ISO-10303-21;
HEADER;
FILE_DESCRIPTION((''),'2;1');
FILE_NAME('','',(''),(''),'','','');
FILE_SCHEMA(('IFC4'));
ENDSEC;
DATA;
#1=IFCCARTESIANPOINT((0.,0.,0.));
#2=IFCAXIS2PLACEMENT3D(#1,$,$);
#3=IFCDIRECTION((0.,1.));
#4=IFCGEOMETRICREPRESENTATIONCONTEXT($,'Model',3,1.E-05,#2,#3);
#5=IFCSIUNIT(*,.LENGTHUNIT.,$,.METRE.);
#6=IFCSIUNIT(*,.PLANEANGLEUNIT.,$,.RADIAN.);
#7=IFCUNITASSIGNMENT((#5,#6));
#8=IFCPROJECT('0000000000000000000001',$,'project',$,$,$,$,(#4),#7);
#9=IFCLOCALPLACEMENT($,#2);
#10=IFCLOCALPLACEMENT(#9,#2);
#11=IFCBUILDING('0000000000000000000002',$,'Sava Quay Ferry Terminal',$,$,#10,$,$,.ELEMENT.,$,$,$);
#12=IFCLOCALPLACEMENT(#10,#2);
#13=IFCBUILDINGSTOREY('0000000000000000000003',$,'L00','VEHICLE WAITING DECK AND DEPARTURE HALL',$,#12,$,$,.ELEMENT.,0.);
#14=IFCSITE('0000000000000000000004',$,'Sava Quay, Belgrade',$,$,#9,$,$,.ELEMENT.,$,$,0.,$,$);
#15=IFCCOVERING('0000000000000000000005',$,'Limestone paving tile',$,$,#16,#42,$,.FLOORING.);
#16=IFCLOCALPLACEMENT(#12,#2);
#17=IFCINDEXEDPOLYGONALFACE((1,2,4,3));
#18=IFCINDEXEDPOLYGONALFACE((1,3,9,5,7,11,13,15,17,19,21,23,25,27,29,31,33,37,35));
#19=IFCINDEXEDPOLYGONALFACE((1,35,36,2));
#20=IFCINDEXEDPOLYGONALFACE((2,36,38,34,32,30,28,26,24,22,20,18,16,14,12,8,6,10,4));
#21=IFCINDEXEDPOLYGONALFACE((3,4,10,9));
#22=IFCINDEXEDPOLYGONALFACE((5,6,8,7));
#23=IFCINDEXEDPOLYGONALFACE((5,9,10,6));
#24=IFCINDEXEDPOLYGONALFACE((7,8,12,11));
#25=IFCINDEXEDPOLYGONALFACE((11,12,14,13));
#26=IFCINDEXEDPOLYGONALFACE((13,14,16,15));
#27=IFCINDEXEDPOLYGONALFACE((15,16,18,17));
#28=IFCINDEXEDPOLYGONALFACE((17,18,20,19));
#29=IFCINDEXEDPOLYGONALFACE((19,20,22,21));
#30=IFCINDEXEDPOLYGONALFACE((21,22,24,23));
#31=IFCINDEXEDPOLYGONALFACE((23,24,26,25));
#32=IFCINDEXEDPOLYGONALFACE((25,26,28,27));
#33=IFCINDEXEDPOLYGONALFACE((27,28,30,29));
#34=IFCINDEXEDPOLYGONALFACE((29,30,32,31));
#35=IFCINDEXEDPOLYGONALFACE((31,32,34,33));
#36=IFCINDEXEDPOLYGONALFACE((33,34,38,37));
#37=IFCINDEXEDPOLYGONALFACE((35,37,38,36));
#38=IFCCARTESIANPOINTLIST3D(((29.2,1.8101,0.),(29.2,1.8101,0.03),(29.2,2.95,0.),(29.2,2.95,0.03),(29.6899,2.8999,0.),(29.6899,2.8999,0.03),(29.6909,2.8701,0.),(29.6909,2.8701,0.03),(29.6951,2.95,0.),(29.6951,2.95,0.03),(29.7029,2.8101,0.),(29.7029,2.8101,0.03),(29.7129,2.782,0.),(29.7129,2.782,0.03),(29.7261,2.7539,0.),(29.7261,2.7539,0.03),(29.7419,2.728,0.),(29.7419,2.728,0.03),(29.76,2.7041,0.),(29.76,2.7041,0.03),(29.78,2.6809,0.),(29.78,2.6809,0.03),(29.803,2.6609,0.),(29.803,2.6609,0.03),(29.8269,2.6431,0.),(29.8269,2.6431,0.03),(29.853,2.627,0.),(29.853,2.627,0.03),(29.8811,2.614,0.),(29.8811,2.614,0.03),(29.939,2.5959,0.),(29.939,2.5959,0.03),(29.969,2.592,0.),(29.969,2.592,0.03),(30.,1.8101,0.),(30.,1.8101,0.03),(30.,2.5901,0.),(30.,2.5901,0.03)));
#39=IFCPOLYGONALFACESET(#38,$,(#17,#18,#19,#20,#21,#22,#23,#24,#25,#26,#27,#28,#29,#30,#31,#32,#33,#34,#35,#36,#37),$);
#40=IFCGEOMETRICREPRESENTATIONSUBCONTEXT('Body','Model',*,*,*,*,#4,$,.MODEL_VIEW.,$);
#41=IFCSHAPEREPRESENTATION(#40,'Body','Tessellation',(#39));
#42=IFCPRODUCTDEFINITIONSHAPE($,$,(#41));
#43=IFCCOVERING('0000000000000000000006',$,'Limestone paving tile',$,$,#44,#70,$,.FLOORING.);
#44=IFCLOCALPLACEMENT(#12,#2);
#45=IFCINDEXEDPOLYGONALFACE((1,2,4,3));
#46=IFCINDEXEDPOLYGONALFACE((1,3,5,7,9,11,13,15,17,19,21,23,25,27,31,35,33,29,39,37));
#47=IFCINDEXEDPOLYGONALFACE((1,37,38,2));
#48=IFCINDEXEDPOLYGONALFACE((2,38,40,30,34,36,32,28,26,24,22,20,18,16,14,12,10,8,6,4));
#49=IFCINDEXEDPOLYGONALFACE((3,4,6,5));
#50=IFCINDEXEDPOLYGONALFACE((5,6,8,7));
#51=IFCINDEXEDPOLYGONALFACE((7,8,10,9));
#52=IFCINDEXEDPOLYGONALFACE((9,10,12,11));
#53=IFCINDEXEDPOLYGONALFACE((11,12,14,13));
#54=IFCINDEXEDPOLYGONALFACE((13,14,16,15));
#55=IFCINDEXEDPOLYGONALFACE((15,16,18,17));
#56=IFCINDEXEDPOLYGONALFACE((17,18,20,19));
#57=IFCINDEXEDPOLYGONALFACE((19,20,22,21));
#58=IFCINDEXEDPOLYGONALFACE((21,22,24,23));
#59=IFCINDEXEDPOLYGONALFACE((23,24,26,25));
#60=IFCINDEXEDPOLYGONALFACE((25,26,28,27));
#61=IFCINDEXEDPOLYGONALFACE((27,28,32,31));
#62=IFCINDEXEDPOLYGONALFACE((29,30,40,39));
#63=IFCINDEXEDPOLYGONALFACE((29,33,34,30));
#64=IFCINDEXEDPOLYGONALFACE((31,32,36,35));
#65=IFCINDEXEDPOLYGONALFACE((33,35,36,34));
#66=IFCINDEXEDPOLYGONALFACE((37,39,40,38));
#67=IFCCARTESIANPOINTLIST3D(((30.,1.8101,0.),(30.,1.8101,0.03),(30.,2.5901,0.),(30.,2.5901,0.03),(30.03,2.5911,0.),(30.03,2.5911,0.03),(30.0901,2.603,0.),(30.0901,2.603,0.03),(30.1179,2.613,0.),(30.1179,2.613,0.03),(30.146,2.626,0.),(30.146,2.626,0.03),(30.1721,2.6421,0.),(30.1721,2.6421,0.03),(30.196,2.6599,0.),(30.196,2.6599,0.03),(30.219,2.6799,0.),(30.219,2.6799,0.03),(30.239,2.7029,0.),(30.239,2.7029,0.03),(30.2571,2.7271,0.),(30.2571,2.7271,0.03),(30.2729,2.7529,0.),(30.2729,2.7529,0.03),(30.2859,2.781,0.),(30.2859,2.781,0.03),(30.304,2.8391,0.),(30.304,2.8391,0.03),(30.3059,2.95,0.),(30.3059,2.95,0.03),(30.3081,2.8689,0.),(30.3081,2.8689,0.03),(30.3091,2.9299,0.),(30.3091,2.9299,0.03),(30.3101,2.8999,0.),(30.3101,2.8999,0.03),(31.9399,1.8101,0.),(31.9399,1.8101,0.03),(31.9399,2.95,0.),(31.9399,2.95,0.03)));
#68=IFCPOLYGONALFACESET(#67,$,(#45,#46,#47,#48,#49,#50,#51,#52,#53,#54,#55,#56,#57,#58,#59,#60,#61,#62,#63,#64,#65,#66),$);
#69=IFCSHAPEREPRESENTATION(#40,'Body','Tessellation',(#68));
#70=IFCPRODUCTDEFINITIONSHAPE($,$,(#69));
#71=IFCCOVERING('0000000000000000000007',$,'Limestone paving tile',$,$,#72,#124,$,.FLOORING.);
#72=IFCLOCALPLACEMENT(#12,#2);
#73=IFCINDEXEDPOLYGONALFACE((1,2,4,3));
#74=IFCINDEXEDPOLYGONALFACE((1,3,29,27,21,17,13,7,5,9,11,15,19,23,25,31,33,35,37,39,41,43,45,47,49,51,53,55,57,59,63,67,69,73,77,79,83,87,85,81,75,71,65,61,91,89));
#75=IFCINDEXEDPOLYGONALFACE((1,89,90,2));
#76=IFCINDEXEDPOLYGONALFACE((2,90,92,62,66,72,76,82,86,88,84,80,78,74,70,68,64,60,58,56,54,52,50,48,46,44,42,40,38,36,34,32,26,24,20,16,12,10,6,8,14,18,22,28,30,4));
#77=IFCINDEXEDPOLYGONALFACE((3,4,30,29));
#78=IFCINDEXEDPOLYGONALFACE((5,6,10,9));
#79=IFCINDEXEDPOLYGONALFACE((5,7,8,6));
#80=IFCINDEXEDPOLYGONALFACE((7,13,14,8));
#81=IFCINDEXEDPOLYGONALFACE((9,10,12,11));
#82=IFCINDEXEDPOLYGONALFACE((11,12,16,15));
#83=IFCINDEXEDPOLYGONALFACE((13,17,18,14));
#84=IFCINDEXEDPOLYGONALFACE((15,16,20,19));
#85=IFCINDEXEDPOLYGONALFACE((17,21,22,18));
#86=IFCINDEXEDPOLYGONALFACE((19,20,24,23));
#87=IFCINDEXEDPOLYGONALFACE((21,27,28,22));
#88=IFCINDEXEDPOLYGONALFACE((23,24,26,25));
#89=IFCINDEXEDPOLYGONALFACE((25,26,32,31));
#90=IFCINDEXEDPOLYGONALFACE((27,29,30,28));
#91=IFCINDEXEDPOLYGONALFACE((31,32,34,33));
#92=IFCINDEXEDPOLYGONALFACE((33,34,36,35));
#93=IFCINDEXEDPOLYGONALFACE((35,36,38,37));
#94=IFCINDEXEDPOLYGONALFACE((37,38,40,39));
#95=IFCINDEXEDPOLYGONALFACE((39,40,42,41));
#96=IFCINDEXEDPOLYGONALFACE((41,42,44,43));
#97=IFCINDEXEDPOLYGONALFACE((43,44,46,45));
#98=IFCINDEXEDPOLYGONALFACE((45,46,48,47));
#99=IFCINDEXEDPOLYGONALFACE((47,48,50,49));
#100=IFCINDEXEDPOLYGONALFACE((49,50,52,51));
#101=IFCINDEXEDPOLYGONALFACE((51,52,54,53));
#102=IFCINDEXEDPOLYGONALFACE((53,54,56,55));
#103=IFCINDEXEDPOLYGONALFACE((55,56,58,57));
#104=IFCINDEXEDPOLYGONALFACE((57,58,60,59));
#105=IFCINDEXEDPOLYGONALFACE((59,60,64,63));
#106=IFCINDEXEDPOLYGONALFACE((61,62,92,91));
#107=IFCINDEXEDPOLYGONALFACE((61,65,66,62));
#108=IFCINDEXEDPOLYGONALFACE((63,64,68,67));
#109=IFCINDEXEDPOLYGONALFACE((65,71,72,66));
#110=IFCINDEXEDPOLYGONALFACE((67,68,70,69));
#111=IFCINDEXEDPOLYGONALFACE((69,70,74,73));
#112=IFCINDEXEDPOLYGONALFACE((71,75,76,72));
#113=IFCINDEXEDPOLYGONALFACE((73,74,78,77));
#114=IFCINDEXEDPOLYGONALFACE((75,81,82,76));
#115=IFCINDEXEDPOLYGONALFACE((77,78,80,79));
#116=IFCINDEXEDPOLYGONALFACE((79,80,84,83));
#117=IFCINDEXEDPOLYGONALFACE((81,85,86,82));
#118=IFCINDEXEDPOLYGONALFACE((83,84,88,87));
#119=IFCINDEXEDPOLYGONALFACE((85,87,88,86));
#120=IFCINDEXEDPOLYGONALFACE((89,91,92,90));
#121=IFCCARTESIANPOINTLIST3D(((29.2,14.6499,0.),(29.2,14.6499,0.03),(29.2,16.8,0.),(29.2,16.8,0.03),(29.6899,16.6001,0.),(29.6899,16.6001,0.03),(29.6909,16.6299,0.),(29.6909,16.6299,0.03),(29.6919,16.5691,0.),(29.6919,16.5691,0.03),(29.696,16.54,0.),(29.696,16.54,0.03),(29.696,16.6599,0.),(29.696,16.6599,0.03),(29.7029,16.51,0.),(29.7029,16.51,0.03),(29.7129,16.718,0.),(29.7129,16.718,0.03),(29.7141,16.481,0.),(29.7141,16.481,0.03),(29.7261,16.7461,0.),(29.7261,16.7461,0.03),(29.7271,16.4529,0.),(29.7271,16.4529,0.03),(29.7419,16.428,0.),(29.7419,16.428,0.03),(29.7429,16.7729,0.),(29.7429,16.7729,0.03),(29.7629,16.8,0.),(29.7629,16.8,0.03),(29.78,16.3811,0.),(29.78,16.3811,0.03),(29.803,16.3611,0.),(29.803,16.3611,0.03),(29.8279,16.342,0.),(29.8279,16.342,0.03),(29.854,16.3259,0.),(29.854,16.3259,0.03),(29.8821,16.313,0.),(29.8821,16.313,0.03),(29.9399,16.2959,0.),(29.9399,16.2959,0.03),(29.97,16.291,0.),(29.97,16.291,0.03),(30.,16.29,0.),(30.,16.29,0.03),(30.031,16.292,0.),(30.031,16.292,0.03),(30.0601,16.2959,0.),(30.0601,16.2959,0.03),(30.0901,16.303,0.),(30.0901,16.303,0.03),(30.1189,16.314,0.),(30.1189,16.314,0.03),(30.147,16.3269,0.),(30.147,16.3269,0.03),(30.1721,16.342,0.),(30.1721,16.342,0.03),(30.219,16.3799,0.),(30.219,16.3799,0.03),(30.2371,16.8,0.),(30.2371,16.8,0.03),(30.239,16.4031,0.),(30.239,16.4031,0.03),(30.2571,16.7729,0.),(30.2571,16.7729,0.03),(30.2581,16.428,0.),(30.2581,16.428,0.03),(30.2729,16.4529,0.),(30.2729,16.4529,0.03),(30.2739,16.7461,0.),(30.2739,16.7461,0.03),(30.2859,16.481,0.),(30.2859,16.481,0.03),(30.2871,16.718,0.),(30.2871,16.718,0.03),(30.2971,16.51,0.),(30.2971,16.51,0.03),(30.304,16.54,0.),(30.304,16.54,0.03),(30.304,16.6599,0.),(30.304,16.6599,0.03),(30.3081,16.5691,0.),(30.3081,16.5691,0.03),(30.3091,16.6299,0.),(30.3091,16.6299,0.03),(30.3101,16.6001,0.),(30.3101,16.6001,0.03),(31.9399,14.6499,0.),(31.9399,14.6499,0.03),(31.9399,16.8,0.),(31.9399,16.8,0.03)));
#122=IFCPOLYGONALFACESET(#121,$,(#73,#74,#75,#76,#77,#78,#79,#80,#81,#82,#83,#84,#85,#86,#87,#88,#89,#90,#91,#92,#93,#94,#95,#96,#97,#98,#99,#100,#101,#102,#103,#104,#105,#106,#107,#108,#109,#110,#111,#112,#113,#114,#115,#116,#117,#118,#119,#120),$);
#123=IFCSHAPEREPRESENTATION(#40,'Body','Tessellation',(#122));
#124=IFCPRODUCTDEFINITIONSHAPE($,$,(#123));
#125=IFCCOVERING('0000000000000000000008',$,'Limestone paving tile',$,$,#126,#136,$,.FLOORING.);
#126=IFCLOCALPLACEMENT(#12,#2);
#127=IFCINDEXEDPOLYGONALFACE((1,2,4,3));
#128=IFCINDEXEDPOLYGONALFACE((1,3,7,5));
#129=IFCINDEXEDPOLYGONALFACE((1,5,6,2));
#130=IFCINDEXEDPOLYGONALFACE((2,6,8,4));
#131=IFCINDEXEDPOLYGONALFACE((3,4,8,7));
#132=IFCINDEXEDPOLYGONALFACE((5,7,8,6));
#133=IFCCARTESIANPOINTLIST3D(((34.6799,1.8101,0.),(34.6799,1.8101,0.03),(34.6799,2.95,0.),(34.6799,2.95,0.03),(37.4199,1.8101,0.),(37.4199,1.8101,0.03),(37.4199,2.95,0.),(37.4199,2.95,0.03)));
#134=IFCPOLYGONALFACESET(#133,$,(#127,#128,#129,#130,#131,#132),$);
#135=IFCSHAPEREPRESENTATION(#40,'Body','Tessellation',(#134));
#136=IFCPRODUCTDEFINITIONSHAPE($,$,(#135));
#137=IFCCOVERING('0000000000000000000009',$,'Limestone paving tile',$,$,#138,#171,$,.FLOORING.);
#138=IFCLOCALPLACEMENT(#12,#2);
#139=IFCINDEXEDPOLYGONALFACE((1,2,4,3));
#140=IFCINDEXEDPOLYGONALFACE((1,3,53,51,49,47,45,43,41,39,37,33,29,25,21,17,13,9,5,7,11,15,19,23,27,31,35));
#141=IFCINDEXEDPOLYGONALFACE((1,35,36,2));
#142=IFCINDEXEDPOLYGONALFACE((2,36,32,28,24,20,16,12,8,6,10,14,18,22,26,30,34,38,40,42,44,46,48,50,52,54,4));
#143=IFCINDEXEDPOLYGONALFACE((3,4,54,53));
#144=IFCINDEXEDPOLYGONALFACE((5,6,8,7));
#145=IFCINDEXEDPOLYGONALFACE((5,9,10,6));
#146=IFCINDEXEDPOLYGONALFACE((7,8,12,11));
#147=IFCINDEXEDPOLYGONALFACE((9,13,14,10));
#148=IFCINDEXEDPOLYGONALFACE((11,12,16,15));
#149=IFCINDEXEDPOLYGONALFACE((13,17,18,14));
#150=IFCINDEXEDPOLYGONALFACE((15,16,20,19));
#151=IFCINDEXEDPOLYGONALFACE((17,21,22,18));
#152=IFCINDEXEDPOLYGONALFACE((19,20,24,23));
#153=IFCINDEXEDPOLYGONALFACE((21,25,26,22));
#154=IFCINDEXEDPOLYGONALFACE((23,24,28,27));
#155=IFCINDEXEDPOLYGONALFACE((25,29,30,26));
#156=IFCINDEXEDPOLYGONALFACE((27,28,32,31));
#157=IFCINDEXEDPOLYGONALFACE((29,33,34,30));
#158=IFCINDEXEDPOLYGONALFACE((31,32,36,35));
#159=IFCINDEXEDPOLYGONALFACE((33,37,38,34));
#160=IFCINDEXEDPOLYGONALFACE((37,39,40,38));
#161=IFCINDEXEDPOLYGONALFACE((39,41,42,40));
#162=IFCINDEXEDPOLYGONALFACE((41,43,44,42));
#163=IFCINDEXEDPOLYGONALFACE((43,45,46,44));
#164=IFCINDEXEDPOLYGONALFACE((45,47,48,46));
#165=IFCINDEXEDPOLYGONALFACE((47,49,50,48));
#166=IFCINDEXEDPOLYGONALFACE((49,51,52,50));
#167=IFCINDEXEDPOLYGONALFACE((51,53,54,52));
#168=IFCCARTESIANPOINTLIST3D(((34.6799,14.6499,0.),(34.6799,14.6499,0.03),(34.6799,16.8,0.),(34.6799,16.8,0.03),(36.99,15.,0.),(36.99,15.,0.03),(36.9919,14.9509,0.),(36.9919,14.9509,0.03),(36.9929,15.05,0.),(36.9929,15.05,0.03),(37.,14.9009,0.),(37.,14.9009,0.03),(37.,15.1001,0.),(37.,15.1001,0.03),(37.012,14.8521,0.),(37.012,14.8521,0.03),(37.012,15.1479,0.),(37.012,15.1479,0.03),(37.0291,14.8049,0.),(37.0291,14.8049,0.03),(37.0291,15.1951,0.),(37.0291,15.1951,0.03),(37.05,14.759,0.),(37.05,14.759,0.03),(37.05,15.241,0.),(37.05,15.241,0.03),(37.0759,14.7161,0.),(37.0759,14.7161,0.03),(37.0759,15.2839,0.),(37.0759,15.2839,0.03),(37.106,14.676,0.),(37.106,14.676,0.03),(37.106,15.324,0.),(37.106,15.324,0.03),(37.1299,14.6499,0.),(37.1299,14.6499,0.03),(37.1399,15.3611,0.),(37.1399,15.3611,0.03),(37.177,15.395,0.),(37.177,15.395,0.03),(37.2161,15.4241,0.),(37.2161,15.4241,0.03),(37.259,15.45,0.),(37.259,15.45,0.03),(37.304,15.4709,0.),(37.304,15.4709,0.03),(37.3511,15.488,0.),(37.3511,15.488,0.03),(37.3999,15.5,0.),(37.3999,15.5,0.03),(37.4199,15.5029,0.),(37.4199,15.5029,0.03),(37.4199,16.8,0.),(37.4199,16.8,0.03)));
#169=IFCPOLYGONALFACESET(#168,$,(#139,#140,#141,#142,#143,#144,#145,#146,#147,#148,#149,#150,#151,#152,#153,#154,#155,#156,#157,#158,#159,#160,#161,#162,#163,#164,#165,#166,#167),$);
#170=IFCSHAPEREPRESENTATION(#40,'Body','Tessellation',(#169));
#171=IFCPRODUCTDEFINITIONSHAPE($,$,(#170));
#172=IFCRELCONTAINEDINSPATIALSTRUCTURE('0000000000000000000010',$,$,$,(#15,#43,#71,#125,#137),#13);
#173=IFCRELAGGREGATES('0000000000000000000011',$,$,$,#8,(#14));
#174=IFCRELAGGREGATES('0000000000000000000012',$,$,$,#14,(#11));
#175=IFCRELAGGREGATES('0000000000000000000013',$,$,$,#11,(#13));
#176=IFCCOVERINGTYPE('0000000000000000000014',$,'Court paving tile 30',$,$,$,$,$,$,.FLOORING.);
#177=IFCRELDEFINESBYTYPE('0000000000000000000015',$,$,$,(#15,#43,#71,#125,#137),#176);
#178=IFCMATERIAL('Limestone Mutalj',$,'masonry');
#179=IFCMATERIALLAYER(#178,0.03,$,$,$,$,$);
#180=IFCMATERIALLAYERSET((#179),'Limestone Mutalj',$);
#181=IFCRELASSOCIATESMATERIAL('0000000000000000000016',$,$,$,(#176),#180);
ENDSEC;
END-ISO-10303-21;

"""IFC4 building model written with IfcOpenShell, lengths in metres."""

from ifc_helpers import new_model, si_unit, direction, origin, place, context, subcontext, project, spatial, polyline, outline, extrude, material, layer, layer_set, type_object, element, save


model = new_model("IFC4")

# Units and contexts
model_context = context("Model", 3, precision=1e-05, world=origin(), true_north=direction((0.0, 1.0)))
body_context = subcontext(model_context, "Body", "Model", "MODEL_VIEW")
ifc_project = project(units=[si_unit("LENGTHUNIT", "METRE"), si_unit("PLANEANGLEUNIT", "RADIAN")], contexts=[model_context])

# Site, building, storey
site_placement = place(None, origin())
site = spatial("IfcSite", under=ifc_project, at=site_placement, Name="Sava Quay, Belgrade", CompositionType="ELEMENT", RefElevation=0.0)
building_placement = place(site_placement, origin())
building = spatial("IfcBuilding", under=site, at=building_placement, Name="Sava Quay Ferry Terminal", CompositionType="ELEMENT")
storey_placement = place(building_placement, origin())
storey = spatial("IfcBuildingStorey", under=building, at=storey_placement, Name="L00", Description="VEHICLE WAITING DECK AND DEPARTURE HALL", CompositionType="ELEMENT", Elevation=0.0)

# Coverings
ifc_material_1 = material(Name="Limestone Mutalj", Category="masonry")
ifc_layer_1 = layer(ifc_material_1, 0.03)
ifc_layer_set_1 = layer_set([ifc_layer_1], Name="Limestone Mutalj")
covering_type_1 = type_object("IfcCoveringType", Name="Court paving tile 30", PredefinedType="FLOORING", material=ifc_layer_set_1)
covering_1_placement = place(storey_placement, origin())
element("IfcCovering", 1, at=covering_1_placement, inside=storey, type_object=covering_type_1, Name="Limestone paving tile", PredefinedType="FLOORING", context=body_context, shape_type="SweptSolid", body=[
    extrude(outline(polyline([(29.2, 2.95), (29.2, 1.8101), (30.0, 1.8101), (30.0, 2.5901), (29.969, 2.592), (29.939, 2.5959), (29.8811, 2.614), (29.853, 2.627), (29.8269, 2.6431), (29.803, 2.6609), (29.78, 2.6809), (29.76, 2.7041), (29.7419, 2.728), (29.7261, 2.7539), (29.7129, 2.782), (29.7029, 2.8101), (29.6909, 2.8701), (29.6899, 2.8999), (29.6951, 2.95), (29.2, 2.95)])), origin(), (0.0, 0.0, 1.0), 0.03),
])
covering_2_placement = place(storey_placement, origin())
element("IfcCovering", 2, at=covering_2_placement, inside=storey, type_object=covering_type_1, Name="Limestone paving tile", PredefinedType="FLOORING", context=body_context, shape_type="SweptSolid", body=[
    extrude(outline(polyline([(30.0, 2.5901), (30.0, 1.8101), (31.9399, 1.8101), (31.9399, 2.95), (30.3059, 2.95), (30.3091, 2.9299), (30.3101, 2.8999), (30.3081, 2.8689), (30.304, 2.8391), (30.2859, 2.781), (30.2729, 2.7529), (30.2571, 2.7271), (30.239, 2.7029), (30.219, 2.6799), (30.196, 2.6599), (30.1721, 2.6421), (30.146, 2.626), (30.1179, 2.613), (30.0901, 2.603), (30.03, 2.5911), (30.0, 2.5901)])), origin(), (0.0, 0.0, 1.0), 0.03),
])
covering_3_placement = place(storey_placement, origin())
element("IfcCovering", 3, at=covering_3_placement, inside=storey, type_object=covering_type_1, Name="Limestone paving tile", PredefinedType="FLOORING", context=body_context, shape_type="SweptSolid", body=[
    extrude(outline(polyline([(31.9399, 14.6499), (31.9399, 16.8), (30.2371, 16.8), (30.2571, 16.7729), (30.2739, 16.7461), (30.2871, 16.718), (30.304, 16.6599), (30.3091, 16.6299), (30.3101, 16.6001), (30.3081, 16.5691), (30.304, 16.54), (30.2971, 16.51), (30.2859, 16.481), (30.2729, 16.4529), (30.2581, 16.428), (30.239, 16.4031), (30.219, 16.3799), (30.1721, 16.342), (30.147, 16.3269), (30.1189, 16.314), (30.0901, 16.303), (30.0601, 16.2959), (30.031, 16.292), (30.0, 16.29), (29.97, 16.291), (29.9399, 16.2959), (29.8821, 16.313), (29.854, 16.3259), (29.8279, 16.342), (29.803, 16.3611), (29.78, 16.3811), (29.7419, 16.428), (29.7271, 16.4529), (29.7141, 16.481), (29.7029, 16.51), (29.696, 16.54), (29.6919, 16.5691), (29.6899, 16.6001), (29.6909, 16.6299), (29.696, 16.6599), (29.7129, 16.718), (29.7261, 16.7461), (29.7429, 16.7729), (29.7629, 16.8), (29.2, 16.8), (29.2, 14.6499), (31.9399, 14.6499)])), origin(), (0.0, 0.0, 1.0), 0.03),
])
covering_4_placement = place(storey_placement, origin())
element("IfcCovering", 4, at=covering_4_placement, inside=storey, type_object=covering_type_1, Name="Limestone paving tile", PredefinedType="FLOORING", context=body_context, shape_type="SweptSolid", body=[
    extrude(outline(polyline([(34.6799, 1.8101), (37.4199, 1.8101), (37.4199, 2.95), (34.6799, 2.95), (34.6799, 1.8101)])), origin(), (0.0, 0.0, 1.0), 0.03),
])
covering_5_placement = place(storey_placement, origin())
element("IfcCovering", 5, at=covering_5_placement, inside=storey, type_object=covering_type_1, Name="Limestone paving tile", PredefinedType="FLOORING", context=body_context, shape_type="SweptSolid", body=[
    extrude(outline(polyline([(34.6799, 16.8), (34.6799, 14.6499), (37.1299, 14.6499), (37.106, 14.676), (37.0759, 14.7161), (37.05, 14.759), (37.0291, 14.8049), (37.012, 14.8521), (37.0, 14.9009), (36.9919, 14.9509), (36.99, 15.0), (36.9929, 15.05), (37.0, 15.1001), (37.012, 15.1479), (37.0291, 15.1951), (37.05, 15.241), (37.0759, 15.2839), (37.106, 15.324), (37.1399, 15.3611), (37.177, 15.395), (37.2161, 15.4241), (37.259, 15.45), (37.304, 15.4709), (37.3511, 15.488), (37.3999, 15.5), (37.4199, 15.5029), (37.4199, 16.8), (34.6799, 16.8)])), origin(), (0.0, 0.0, 1.0), 0.03),
])

save(model, "model.ifc")
